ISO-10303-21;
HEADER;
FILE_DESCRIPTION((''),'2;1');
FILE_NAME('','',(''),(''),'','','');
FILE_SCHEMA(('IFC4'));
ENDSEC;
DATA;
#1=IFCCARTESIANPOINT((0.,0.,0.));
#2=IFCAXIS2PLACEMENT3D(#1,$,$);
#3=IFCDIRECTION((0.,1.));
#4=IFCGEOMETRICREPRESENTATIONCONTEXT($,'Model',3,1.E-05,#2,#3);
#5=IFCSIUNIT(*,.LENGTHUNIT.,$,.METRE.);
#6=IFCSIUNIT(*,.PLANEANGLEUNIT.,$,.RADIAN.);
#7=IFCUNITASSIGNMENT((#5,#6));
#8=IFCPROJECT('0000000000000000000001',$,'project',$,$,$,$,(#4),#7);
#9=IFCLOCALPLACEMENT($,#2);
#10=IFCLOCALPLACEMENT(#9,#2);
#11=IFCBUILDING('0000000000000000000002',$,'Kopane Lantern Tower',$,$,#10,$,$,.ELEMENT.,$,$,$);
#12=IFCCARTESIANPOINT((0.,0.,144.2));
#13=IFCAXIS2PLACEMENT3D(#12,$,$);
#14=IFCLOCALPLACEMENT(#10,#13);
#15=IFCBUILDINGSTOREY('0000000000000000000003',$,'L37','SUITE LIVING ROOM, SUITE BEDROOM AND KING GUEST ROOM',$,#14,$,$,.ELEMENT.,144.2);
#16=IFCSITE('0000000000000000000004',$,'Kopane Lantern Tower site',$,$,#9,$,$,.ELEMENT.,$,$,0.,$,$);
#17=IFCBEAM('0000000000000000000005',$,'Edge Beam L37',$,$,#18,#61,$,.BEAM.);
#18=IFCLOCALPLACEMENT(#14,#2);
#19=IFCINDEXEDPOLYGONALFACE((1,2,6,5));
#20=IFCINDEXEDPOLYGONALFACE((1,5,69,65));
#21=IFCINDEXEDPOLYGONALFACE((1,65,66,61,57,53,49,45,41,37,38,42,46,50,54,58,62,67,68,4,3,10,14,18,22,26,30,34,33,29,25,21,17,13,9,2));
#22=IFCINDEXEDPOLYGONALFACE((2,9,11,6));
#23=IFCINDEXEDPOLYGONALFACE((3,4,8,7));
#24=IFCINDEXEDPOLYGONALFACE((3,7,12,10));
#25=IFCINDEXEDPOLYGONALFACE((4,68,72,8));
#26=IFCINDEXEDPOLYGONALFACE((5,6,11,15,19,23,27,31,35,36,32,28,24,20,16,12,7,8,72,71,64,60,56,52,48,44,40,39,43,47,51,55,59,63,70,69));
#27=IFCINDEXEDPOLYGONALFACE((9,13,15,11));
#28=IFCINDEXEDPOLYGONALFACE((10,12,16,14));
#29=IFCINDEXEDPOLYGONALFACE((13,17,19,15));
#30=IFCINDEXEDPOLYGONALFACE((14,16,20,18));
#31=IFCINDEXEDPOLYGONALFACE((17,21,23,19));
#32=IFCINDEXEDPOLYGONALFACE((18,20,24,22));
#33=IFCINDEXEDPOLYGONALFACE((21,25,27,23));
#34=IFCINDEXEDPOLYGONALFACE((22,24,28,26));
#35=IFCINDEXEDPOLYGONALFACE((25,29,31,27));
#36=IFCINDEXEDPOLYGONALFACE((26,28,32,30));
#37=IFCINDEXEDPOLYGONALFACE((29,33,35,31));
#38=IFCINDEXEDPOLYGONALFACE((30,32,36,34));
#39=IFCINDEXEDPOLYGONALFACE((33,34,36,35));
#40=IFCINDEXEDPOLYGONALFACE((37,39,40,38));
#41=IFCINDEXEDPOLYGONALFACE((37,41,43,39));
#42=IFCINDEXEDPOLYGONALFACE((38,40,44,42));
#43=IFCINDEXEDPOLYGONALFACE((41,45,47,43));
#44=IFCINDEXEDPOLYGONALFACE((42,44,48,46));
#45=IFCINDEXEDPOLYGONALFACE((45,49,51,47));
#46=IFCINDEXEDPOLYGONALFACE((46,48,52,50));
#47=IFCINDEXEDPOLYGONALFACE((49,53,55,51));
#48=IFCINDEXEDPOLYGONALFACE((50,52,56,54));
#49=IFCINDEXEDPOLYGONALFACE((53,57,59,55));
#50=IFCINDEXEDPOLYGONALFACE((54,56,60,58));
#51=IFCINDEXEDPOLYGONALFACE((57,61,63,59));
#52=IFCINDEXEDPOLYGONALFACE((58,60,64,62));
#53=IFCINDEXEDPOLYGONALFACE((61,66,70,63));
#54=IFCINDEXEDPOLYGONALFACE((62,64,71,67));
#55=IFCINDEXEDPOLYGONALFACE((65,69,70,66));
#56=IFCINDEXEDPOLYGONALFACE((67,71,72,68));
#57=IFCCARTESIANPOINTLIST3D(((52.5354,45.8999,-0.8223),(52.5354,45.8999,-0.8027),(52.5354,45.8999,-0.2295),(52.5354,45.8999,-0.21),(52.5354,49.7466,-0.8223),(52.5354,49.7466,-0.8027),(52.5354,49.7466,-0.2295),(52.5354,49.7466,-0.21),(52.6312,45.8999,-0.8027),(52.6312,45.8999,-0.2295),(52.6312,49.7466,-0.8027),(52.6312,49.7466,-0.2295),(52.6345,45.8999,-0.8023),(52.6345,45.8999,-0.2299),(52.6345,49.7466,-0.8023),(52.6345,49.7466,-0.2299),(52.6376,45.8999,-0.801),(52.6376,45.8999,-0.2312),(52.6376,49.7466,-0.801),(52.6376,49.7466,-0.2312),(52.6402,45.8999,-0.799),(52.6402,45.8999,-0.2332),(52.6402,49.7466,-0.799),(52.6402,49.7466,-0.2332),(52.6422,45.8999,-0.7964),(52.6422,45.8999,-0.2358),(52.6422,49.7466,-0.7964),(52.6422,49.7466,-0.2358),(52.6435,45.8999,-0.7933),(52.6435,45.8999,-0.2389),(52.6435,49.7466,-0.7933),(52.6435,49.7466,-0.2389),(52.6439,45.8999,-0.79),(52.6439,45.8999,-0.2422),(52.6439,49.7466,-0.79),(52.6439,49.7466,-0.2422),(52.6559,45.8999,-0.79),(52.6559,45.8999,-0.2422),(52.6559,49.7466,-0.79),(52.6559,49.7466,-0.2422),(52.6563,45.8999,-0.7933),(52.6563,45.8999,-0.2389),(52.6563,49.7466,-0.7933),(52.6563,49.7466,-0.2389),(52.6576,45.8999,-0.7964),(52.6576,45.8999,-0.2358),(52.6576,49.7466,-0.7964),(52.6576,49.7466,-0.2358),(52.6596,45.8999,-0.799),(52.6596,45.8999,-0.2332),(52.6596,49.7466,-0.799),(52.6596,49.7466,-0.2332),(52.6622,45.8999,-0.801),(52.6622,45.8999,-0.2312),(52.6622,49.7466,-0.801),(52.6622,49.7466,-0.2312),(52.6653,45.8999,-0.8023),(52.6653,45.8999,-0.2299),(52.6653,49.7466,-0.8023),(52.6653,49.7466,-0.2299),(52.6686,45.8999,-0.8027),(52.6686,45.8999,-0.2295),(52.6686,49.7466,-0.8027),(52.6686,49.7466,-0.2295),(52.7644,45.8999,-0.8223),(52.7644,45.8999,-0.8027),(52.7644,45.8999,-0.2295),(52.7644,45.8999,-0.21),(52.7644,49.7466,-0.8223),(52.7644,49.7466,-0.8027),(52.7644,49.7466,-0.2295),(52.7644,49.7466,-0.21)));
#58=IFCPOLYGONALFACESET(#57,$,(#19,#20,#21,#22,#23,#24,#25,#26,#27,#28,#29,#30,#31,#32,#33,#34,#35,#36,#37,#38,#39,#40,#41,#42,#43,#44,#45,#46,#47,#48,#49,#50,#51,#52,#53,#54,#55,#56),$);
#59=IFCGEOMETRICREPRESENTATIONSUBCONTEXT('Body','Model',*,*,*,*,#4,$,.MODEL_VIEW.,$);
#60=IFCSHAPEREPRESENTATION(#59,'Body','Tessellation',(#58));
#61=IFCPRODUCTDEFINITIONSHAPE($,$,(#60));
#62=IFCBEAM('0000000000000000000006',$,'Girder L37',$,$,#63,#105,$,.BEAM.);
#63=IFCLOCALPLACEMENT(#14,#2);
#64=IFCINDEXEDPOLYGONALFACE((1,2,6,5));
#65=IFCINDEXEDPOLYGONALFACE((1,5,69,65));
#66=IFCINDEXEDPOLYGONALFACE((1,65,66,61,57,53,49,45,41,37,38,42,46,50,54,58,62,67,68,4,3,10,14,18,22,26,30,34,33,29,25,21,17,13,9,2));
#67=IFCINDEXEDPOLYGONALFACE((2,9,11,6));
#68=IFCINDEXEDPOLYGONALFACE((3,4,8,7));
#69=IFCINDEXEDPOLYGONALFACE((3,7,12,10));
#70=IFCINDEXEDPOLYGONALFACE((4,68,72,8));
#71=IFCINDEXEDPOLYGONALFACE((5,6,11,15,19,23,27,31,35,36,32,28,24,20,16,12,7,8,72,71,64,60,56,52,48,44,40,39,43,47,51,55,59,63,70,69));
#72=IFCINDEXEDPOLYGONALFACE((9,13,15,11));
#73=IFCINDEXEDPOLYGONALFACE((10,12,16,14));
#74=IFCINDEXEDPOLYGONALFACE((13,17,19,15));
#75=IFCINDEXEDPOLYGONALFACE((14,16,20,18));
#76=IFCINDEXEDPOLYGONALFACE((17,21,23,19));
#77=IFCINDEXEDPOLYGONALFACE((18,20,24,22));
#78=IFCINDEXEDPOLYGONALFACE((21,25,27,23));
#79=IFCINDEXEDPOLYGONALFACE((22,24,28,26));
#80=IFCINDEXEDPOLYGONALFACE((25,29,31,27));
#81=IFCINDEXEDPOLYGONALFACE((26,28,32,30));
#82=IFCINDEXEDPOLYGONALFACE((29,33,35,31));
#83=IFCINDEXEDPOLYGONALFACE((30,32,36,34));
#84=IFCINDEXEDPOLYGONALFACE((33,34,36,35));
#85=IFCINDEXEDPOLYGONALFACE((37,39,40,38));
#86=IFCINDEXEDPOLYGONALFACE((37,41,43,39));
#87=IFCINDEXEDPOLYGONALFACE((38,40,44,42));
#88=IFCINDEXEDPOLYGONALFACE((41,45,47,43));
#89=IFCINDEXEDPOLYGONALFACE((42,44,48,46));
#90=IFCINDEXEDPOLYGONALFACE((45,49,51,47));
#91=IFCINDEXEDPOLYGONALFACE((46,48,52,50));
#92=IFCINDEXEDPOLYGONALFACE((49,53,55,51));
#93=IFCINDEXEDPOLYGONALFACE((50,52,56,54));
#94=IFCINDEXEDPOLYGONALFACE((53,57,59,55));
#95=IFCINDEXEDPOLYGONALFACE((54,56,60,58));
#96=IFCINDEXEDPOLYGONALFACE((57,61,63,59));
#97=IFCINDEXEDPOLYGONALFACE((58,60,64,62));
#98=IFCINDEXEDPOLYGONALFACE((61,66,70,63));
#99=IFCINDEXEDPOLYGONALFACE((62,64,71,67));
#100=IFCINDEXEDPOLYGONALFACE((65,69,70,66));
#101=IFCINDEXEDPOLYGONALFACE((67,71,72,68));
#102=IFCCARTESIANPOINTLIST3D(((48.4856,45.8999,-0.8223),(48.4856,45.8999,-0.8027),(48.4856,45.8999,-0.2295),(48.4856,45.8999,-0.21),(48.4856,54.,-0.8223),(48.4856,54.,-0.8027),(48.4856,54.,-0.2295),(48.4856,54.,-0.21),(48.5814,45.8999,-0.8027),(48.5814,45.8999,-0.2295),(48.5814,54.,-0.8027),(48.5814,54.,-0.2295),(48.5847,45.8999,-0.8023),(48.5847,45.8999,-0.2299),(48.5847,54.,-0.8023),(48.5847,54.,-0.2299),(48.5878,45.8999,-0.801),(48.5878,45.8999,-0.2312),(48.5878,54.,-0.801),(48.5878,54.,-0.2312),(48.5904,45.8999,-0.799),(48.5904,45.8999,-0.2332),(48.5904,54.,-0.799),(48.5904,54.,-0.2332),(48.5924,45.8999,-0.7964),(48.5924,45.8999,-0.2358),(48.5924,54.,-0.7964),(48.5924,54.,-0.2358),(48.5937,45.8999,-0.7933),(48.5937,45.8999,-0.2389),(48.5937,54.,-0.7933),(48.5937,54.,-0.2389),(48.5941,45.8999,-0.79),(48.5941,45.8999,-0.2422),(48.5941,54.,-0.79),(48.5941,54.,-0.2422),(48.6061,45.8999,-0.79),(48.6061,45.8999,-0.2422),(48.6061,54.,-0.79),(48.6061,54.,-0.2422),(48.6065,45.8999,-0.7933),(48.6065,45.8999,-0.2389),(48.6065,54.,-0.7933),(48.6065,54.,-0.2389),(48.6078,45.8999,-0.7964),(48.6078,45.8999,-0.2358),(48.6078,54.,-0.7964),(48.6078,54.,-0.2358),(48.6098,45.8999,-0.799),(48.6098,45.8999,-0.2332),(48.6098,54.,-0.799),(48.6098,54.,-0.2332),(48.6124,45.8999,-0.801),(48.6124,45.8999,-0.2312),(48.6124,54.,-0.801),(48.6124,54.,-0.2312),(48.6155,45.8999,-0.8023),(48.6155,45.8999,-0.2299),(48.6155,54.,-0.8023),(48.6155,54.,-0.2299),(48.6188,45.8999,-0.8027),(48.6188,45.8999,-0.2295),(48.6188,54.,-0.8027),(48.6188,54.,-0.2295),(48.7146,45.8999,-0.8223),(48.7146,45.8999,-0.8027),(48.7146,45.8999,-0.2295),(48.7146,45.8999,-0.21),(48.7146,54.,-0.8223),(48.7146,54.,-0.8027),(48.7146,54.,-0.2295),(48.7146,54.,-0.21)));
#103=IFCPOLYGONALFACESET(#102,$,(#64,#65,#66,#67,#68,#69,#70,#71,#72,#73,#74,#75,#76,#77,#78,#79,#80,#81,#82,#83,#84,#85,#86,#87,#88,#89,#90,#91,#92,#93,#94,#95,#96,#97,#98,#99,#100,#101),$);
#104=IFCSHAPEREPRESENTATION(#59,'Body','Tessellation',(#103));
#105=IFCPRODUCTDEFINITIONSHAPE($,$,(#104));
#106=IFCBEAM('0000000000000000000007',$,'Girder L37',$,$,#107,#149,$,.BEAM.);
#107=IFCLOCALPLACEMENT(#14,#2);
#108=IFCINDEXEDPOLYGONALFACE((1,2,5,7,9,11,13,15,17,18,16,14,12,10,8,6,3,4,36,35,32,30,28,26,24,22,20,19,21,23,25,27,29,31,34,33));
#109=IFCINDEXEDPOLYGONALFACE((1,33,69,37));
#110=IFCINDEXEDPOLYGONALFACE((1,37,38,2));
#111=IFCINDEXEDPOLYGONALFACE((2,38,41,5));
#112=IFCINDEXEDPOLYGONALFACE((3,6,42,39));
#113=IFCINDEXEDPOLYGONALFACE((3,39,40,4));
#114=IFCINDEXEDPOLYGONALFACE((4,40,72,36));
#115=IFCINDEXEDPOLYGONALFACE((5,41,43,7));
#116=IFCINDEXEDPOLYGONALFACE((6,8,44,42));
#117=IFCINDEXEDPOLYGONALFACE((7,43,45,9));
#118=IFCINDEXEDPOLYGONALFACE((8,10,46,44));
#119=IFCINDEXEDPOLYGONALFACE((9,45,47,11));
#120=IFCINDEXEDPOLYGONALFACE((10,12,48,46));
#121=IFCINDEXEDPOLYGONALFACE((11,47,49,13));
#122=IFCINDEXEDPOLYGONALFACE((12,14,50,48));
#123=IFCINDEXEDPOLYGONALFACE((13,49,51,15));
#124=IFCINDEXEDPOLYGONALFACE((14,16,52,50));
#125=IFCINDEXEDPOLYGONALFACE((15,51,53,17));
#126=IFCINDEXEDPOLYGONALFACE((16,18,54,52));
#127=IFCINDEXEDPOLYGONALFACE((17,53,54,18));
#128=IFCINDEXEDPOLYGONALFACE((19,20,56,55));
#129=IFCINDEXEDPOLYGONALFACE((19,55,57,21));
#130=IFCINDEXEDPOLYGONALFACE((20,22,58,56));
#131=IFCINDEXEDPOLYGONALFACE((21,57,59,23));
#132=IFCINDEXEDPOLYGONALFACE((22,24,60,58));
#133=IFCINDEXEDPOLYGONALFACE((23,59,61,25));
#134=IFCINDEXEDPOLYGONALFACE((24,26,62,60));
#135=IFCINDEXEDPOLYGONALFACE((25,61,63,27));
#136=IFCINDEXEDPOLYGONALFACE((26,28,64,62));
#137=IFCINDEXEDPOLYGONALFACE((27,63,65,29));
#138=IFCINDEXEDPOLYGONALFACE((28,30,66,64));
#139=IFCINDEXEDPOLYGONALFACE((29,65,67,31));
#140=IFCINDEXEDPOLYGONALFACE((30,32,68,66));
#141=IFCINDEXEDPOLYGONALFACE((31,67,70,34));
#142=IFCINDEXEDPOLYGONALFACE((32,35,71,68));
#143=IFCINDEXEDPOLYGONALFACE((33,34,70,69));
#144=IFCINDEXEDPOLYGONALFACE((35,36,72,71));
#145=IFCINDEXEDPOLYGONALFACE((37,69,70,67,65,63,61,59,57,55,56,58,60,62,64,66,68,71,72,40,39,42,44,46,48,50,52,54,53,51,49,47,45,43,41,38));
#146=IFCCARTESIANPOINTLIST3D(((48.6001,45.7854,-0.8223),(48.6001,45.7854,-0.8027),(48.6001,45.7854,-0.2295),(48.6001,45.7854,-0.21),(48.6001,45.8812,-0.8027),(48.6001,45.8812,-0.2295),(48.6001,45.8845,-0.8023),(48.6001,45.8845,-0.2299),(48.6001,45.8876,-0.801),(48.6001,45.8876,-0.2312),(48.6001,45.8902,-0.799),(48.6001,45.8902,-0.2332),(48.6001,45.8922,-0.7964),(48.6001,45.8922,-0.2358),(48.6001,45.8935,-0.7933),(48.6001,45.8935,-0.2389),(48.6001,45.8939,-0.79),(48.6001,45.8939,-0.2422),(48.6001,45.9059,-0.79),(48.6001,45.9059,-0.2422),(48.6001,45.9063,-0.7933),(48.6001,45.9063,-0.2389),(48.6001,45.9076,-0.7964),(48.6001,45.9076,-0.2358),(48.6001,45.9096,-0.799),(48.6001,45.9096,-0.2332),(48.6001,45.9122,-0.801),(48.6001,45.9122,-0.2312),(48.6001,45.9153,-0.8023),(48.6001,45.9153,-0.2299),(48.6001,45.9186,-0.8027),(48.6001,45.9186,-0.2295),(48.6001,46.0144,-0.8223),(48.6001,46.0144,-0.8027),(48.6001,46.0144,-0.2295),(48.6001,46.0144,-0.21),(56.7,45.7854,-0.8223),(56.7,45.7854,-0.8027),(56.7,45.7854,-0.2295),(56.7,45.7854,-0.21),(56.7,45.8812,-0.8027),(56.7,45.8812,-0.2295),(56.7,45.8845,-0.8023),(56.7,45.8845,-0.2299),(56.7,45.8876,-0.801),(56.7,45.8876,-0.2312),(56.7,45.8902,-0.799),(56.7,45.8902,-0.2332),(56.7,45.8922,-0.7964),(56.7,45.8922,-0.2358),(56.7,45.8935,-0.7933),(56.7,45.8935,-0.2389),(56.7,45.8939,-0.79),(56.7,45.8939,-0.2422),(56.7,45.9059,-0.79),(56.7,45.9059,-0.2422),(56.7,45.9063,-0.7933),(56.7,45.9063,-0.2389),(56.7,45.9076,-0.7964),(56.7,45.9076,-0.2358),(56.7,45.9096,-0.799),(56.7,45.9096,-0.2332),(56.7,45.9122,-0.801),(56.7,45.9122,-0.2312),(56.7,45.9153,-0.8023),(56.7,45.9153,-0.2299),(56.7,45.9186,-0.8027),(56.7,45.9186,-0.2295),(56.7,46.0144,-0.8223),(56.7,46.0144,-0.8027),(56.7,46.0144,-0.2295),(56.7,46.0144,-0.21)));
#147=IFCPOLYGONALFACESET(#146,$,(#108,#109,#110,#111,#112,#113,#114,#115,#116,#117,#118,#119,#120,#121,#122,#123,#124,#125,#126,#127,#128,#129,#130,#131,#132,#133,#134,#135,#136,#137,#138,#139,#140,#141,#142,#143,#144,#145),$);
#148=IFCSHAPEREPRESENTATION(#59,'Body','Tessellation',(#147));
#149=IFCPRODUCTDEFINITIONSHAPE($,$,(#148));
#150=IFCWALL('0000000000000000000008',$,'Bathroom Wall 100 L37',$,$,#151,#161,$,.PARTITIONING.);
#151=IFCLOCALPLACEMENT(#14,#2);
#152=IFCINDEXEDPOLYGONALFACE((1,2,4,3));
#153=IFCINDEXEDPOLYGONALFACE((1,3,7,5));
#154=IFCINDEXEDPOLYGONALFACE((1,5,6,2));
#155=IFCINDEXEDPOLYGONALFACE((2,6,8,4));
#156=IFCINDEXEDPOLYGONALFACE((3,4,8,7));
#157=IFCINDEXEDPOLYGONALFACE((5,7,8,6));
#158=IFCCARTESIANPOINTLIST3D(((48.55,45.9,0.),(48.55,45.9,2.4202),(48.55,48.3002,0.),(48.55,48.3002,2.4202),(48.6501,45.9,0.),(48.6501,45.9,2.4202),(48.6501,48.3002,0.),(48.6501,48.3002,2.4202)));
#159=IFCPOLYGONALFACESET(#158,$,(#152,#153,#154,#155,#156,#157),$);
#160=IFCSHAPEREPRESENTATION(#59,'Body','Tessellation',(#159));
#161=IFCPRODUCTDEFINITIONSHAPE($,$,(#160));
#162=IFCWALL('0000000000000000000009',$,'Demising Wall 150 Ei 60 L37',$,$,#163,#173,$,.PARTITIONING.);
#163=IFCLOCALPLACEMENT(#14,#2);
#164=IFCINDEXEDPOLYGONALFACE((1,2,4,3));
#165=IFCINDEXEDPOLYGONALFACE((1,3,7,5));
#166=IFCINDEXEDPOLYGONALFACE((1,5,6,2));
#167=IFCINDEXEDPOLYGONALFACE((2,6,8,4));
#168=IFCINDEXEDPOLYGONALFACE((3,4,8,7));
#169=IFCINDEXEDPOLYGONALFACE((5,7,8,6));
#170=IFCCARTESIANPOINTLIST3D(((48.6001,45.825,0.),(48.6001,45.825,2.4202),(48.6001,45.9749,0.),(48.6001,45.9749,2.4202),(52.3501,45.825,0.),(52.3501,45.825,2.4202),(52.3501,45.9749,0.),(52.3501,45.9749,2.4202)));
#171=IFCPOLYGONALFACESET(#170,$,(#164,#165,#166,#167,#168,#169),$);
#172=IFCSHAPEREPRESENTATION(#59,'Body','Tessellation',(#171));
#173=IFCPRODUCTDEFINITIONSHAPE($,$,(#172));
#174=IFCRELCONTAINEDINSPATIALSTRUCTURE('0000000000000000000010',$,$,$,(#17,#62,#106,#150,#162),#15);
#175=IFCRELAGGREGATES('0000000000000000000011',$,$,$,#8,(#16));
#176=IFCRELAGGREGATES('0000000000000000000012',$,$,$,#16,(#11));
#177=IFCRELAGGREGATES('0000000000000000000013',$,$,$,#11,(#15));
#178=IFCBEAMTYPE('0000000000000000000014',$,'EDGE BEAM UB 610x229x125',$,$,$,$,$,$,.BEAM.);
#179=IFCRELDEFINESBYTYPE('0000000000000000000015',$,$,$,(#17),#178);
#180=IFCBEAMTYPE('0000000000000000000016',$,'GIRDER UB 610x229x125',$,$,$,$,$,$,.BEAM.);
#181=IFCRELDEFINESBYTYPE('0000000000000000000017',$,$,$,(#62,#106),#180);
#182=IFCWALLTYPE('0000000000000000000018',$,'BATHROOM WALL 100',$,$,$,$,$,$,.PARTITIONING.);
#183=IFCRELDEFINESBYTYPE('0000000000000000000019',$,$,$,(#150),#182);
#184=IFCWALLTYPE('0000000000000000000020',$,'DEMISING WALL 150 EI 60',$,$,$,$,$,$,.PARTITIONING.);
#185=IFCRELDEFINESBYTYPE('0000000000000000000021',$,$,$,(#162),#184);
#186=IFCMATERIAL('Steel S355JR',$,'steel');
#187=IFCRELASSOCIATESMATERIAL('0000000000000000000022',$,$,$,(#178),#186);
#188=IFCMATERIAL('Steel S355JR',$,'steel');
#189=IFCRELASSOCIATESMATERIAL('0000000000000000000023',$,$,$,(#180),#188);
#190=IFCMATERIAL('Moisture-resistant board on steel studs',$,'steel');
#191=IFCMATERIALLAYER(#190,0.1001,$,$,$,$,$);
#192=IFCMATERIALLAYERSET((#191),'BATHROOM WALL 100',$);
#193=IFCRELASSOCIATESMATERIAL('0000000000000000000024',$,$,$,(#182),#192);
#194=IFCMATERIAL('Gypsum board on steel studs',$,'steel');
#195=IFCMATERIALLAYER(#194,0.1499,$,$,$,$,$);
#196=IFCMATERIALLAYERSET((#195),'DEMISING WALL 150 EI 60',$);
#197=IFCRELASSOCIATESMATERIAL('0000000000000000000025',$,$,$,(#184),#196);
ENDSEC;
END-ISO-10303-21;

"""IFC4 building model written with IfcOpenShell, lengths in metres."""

from ifc_helpers import new_model, si_unit, direction, frame, frame_2d, origin, origin_2d, place, context, subcontext, project, spatial, rectangle, i_section, extrude, material, layer, layer_set, material_profile, profile_set, type_object, element, save


model = new_model("IFC4")

# Units and contexts
model_context = context("Model", 3, precision=1e-05, world=origin(), true_north=direction((0.0, 1.0)))
body_context = subcontext(model_context, "Body", "Model", "MODEL_VIEW")
ifc_project = project(units=[si_unit("LENGTHUNIT", "METRE"), si_unit("PLANEANGLEUNIT", "RADIAN")], contexts=[model_context])

# Site, building, storey
site_placement = place(None, origin())
site = spatial("IfcSite", under=ifc_project, at=site_placement, Name="Kopane Lantern Tower site", CompositionType="ELEMENT", RefElevation=0.0)
building_placement = place(site_placement, origin())
building = spatial("IfcBuilding", under=site, at=building_placement, Name="Kopane Lantern Tower", CompositionType="ELEMENT")
storey_placement = place(building_placement, frame((0.0, 0.0, 144.2)))
storey = spatial("IfcBuildingStorey", under=building, at=storey_placement, Name="L37", Description="SUITE LIVING ROOM, SUITE BEDROOM AND KING GUEST ROOM", CompositionType="ELEMENT", Elevation=144.2)

# Beams
ifc_material_1 = material(Name="Steel S355JR", Category="steel")
ifc_material_profile_1 = material_profile(ifc_material_1, i_section(OverallWidth=0.229, OverallDepth=0.6123, WebThickness=0.012, FlangeThickness=0.0195, FilletRadius=0.0127, at=origin_2d()), Name="UB 610x229x125")
ifc_profile_set_1 = profile_set([ifc_material_profile_1], Name="Steel S355JR")
beam_type_1 = type_object("IfcBeamType", Name="EDGE BEAM UB 610x229x125", PredefinedType="BEAM", material=ifc_profile_set_1)
beam_1_placement = place(storey_placement, frame((52.6499, 49.7466, -0.5161), z_axis=(0.0, -1.0, 0.0), x_axis=(1.0, 0.0, 0.0)))
element("IfcBeam", 1, at=beam_1_placement, inside=storey, type_object=beam_type_1, Name="Edge Beam L37", PredefinedType="BEAM", context=body_context, shape_type="SweptSolid", body=[
    extrude(i_section(OverallWidth=0.229, OverallDepth=0.6123, WebThickness=0.012, FlangeThickness=0.0195, FilletRadius=0.0127, at=origin_2d()), origin(), (0.0, 0.0, 1.0), 3.8467),
])
ifc_material_2 = material(Name="Steel S355JR", Category="steel")
ifc_material_profile_2 = material_profile(ifc_material_2, i_section(OverallWidth=0.229, OverallDepth=0.6123, WebThickness=0.012, FlangeThickness=0.0195, FilletRadius=0.0127, at=origin_2d()), Name="UB 610x229x125")
ifc_profile_set_2 = profile_set([ifc_material_profile_2], Name="Steel S355JR")
beam_type_2 = type_object("IfcBeamType", Name="GIRDER UB 610x229x125", PredefinedType="BEAM", material=ifc_profile_set_2)
beam_2_placement = place(storey_placement, frame((48.6001, 45.8999, -0.5161), z_axis=(0.0, 1.0, 0.0), x_axis=(-1.0, 0.0, 0.0)))
element("IfcBeam", 2, at=beam_2_placement, inside=storey, type_object=beam_type_2, Name="Girder L37", PredefinedType="BEAM", context=body_context, shape_type="SweptSolid", body=[
    extrude(i_section(OverallWidth=0.229, OverallDepth=0.6123, WebThickness=0.012, FlangeThickness=0.0195, FilletRadius=0.0127, at=origin_2d()), origin(), (0.0, 0.0, 1.0), 8.1001),
])
beam_3_placement = place(storey_placement, frame((48.6001, 45.8999, -0.5161), z_axis=(1.0, 0.0, 0.0), x_axis=(0.0, 1.0, 0.0)))
element("IfcBeam", 3, at=beam_3_placement, inside=storey, type_object=beam_type_2, Name="Girder L37", PredefinedType="BEAM", context=body_context, shape_type="SweptSolid", body=[
    extrude(i_section(OverallWidth=0.229, OverallDepth=0.6123, WebThickness=0.012, FlangeThickness=0.0195, FilletRadius=0.0127, at=origin_2d()), origin(), (0.0, 0.0, 1.0), 8.0999),
])

# Walls
ifc_material_3 = material(Name="Moisture-resistant board on steel studs", Category="steel")
ifc_layer_1 = layer(ifc_material_3, 0.1001)
ifc_layer_set_1 = layer_set([ifc_layer_1], Name="BATHROOM WALL 100")
wall_type_1 = type_object("IfcWallType", Name="BATHROOM WALL 100", PredefinedType="PARTITIONING", material=ifc_layer_set_1)
wall_1_placement = place(storey_placement, frame((48.6001, 45.8999, 0.0), z_axis=(0.0, 0.0, 1.0), x_axis=(0.0, 1.0, 0.0)))
element("IfcWall", 4, at=wall_1_placement, inside=storey, type_object=wall_type_1, Name="Bathroom Wall 100 L37", PredefinedType="PARTITIONING", context=body_context, shape_type="SweptSolid", body=[
    extrude(rectangle(XDim=2.4001, YDim=0.1001, at=frame_2d((1.2002, 0.0))), origin(), (0.0, 0.0, 1.0), 2.4202),
])
ifc_material_4 = material(Name="Gypsum board on steel studs", Category="steel")
ifc_layer_2 = layer(ifc_material_4, 0.1499)
ifc_layer_set_2 = layer_set([ifc_layer_2], Name="DEMISING WALL 150 EI 60")
wall_type_2 = type_object("IfcWallType", Name="DEMISING WALL 150 EI 60", PredefinedType="PARTITIONING", material=ifc_layer_set_2)
wall_2_placement = place(storey_placement, frame((48.6001, 45.8999, 0.0), z_axis=(0.0, 0.0, 1.0), x_axis=(1.0, 0.0, 0.0)))
element("IfcWall", 5, at=wall_2_placement, inside=storey, type_object=wall_type_2, Name="Demising Wall 150 Ei 60 L37", PredefinedType="PARTITIONING", context=body_context, shape_type="SweptSolid", body=[
    extrude(rectangle(XDim=3.75, YDim=0.1499, at=frame_2d((1.875, 0.0))), origin(), (0.0, 0.0, 1.0), 2.4202),
])

save(model, "model.ifc")
